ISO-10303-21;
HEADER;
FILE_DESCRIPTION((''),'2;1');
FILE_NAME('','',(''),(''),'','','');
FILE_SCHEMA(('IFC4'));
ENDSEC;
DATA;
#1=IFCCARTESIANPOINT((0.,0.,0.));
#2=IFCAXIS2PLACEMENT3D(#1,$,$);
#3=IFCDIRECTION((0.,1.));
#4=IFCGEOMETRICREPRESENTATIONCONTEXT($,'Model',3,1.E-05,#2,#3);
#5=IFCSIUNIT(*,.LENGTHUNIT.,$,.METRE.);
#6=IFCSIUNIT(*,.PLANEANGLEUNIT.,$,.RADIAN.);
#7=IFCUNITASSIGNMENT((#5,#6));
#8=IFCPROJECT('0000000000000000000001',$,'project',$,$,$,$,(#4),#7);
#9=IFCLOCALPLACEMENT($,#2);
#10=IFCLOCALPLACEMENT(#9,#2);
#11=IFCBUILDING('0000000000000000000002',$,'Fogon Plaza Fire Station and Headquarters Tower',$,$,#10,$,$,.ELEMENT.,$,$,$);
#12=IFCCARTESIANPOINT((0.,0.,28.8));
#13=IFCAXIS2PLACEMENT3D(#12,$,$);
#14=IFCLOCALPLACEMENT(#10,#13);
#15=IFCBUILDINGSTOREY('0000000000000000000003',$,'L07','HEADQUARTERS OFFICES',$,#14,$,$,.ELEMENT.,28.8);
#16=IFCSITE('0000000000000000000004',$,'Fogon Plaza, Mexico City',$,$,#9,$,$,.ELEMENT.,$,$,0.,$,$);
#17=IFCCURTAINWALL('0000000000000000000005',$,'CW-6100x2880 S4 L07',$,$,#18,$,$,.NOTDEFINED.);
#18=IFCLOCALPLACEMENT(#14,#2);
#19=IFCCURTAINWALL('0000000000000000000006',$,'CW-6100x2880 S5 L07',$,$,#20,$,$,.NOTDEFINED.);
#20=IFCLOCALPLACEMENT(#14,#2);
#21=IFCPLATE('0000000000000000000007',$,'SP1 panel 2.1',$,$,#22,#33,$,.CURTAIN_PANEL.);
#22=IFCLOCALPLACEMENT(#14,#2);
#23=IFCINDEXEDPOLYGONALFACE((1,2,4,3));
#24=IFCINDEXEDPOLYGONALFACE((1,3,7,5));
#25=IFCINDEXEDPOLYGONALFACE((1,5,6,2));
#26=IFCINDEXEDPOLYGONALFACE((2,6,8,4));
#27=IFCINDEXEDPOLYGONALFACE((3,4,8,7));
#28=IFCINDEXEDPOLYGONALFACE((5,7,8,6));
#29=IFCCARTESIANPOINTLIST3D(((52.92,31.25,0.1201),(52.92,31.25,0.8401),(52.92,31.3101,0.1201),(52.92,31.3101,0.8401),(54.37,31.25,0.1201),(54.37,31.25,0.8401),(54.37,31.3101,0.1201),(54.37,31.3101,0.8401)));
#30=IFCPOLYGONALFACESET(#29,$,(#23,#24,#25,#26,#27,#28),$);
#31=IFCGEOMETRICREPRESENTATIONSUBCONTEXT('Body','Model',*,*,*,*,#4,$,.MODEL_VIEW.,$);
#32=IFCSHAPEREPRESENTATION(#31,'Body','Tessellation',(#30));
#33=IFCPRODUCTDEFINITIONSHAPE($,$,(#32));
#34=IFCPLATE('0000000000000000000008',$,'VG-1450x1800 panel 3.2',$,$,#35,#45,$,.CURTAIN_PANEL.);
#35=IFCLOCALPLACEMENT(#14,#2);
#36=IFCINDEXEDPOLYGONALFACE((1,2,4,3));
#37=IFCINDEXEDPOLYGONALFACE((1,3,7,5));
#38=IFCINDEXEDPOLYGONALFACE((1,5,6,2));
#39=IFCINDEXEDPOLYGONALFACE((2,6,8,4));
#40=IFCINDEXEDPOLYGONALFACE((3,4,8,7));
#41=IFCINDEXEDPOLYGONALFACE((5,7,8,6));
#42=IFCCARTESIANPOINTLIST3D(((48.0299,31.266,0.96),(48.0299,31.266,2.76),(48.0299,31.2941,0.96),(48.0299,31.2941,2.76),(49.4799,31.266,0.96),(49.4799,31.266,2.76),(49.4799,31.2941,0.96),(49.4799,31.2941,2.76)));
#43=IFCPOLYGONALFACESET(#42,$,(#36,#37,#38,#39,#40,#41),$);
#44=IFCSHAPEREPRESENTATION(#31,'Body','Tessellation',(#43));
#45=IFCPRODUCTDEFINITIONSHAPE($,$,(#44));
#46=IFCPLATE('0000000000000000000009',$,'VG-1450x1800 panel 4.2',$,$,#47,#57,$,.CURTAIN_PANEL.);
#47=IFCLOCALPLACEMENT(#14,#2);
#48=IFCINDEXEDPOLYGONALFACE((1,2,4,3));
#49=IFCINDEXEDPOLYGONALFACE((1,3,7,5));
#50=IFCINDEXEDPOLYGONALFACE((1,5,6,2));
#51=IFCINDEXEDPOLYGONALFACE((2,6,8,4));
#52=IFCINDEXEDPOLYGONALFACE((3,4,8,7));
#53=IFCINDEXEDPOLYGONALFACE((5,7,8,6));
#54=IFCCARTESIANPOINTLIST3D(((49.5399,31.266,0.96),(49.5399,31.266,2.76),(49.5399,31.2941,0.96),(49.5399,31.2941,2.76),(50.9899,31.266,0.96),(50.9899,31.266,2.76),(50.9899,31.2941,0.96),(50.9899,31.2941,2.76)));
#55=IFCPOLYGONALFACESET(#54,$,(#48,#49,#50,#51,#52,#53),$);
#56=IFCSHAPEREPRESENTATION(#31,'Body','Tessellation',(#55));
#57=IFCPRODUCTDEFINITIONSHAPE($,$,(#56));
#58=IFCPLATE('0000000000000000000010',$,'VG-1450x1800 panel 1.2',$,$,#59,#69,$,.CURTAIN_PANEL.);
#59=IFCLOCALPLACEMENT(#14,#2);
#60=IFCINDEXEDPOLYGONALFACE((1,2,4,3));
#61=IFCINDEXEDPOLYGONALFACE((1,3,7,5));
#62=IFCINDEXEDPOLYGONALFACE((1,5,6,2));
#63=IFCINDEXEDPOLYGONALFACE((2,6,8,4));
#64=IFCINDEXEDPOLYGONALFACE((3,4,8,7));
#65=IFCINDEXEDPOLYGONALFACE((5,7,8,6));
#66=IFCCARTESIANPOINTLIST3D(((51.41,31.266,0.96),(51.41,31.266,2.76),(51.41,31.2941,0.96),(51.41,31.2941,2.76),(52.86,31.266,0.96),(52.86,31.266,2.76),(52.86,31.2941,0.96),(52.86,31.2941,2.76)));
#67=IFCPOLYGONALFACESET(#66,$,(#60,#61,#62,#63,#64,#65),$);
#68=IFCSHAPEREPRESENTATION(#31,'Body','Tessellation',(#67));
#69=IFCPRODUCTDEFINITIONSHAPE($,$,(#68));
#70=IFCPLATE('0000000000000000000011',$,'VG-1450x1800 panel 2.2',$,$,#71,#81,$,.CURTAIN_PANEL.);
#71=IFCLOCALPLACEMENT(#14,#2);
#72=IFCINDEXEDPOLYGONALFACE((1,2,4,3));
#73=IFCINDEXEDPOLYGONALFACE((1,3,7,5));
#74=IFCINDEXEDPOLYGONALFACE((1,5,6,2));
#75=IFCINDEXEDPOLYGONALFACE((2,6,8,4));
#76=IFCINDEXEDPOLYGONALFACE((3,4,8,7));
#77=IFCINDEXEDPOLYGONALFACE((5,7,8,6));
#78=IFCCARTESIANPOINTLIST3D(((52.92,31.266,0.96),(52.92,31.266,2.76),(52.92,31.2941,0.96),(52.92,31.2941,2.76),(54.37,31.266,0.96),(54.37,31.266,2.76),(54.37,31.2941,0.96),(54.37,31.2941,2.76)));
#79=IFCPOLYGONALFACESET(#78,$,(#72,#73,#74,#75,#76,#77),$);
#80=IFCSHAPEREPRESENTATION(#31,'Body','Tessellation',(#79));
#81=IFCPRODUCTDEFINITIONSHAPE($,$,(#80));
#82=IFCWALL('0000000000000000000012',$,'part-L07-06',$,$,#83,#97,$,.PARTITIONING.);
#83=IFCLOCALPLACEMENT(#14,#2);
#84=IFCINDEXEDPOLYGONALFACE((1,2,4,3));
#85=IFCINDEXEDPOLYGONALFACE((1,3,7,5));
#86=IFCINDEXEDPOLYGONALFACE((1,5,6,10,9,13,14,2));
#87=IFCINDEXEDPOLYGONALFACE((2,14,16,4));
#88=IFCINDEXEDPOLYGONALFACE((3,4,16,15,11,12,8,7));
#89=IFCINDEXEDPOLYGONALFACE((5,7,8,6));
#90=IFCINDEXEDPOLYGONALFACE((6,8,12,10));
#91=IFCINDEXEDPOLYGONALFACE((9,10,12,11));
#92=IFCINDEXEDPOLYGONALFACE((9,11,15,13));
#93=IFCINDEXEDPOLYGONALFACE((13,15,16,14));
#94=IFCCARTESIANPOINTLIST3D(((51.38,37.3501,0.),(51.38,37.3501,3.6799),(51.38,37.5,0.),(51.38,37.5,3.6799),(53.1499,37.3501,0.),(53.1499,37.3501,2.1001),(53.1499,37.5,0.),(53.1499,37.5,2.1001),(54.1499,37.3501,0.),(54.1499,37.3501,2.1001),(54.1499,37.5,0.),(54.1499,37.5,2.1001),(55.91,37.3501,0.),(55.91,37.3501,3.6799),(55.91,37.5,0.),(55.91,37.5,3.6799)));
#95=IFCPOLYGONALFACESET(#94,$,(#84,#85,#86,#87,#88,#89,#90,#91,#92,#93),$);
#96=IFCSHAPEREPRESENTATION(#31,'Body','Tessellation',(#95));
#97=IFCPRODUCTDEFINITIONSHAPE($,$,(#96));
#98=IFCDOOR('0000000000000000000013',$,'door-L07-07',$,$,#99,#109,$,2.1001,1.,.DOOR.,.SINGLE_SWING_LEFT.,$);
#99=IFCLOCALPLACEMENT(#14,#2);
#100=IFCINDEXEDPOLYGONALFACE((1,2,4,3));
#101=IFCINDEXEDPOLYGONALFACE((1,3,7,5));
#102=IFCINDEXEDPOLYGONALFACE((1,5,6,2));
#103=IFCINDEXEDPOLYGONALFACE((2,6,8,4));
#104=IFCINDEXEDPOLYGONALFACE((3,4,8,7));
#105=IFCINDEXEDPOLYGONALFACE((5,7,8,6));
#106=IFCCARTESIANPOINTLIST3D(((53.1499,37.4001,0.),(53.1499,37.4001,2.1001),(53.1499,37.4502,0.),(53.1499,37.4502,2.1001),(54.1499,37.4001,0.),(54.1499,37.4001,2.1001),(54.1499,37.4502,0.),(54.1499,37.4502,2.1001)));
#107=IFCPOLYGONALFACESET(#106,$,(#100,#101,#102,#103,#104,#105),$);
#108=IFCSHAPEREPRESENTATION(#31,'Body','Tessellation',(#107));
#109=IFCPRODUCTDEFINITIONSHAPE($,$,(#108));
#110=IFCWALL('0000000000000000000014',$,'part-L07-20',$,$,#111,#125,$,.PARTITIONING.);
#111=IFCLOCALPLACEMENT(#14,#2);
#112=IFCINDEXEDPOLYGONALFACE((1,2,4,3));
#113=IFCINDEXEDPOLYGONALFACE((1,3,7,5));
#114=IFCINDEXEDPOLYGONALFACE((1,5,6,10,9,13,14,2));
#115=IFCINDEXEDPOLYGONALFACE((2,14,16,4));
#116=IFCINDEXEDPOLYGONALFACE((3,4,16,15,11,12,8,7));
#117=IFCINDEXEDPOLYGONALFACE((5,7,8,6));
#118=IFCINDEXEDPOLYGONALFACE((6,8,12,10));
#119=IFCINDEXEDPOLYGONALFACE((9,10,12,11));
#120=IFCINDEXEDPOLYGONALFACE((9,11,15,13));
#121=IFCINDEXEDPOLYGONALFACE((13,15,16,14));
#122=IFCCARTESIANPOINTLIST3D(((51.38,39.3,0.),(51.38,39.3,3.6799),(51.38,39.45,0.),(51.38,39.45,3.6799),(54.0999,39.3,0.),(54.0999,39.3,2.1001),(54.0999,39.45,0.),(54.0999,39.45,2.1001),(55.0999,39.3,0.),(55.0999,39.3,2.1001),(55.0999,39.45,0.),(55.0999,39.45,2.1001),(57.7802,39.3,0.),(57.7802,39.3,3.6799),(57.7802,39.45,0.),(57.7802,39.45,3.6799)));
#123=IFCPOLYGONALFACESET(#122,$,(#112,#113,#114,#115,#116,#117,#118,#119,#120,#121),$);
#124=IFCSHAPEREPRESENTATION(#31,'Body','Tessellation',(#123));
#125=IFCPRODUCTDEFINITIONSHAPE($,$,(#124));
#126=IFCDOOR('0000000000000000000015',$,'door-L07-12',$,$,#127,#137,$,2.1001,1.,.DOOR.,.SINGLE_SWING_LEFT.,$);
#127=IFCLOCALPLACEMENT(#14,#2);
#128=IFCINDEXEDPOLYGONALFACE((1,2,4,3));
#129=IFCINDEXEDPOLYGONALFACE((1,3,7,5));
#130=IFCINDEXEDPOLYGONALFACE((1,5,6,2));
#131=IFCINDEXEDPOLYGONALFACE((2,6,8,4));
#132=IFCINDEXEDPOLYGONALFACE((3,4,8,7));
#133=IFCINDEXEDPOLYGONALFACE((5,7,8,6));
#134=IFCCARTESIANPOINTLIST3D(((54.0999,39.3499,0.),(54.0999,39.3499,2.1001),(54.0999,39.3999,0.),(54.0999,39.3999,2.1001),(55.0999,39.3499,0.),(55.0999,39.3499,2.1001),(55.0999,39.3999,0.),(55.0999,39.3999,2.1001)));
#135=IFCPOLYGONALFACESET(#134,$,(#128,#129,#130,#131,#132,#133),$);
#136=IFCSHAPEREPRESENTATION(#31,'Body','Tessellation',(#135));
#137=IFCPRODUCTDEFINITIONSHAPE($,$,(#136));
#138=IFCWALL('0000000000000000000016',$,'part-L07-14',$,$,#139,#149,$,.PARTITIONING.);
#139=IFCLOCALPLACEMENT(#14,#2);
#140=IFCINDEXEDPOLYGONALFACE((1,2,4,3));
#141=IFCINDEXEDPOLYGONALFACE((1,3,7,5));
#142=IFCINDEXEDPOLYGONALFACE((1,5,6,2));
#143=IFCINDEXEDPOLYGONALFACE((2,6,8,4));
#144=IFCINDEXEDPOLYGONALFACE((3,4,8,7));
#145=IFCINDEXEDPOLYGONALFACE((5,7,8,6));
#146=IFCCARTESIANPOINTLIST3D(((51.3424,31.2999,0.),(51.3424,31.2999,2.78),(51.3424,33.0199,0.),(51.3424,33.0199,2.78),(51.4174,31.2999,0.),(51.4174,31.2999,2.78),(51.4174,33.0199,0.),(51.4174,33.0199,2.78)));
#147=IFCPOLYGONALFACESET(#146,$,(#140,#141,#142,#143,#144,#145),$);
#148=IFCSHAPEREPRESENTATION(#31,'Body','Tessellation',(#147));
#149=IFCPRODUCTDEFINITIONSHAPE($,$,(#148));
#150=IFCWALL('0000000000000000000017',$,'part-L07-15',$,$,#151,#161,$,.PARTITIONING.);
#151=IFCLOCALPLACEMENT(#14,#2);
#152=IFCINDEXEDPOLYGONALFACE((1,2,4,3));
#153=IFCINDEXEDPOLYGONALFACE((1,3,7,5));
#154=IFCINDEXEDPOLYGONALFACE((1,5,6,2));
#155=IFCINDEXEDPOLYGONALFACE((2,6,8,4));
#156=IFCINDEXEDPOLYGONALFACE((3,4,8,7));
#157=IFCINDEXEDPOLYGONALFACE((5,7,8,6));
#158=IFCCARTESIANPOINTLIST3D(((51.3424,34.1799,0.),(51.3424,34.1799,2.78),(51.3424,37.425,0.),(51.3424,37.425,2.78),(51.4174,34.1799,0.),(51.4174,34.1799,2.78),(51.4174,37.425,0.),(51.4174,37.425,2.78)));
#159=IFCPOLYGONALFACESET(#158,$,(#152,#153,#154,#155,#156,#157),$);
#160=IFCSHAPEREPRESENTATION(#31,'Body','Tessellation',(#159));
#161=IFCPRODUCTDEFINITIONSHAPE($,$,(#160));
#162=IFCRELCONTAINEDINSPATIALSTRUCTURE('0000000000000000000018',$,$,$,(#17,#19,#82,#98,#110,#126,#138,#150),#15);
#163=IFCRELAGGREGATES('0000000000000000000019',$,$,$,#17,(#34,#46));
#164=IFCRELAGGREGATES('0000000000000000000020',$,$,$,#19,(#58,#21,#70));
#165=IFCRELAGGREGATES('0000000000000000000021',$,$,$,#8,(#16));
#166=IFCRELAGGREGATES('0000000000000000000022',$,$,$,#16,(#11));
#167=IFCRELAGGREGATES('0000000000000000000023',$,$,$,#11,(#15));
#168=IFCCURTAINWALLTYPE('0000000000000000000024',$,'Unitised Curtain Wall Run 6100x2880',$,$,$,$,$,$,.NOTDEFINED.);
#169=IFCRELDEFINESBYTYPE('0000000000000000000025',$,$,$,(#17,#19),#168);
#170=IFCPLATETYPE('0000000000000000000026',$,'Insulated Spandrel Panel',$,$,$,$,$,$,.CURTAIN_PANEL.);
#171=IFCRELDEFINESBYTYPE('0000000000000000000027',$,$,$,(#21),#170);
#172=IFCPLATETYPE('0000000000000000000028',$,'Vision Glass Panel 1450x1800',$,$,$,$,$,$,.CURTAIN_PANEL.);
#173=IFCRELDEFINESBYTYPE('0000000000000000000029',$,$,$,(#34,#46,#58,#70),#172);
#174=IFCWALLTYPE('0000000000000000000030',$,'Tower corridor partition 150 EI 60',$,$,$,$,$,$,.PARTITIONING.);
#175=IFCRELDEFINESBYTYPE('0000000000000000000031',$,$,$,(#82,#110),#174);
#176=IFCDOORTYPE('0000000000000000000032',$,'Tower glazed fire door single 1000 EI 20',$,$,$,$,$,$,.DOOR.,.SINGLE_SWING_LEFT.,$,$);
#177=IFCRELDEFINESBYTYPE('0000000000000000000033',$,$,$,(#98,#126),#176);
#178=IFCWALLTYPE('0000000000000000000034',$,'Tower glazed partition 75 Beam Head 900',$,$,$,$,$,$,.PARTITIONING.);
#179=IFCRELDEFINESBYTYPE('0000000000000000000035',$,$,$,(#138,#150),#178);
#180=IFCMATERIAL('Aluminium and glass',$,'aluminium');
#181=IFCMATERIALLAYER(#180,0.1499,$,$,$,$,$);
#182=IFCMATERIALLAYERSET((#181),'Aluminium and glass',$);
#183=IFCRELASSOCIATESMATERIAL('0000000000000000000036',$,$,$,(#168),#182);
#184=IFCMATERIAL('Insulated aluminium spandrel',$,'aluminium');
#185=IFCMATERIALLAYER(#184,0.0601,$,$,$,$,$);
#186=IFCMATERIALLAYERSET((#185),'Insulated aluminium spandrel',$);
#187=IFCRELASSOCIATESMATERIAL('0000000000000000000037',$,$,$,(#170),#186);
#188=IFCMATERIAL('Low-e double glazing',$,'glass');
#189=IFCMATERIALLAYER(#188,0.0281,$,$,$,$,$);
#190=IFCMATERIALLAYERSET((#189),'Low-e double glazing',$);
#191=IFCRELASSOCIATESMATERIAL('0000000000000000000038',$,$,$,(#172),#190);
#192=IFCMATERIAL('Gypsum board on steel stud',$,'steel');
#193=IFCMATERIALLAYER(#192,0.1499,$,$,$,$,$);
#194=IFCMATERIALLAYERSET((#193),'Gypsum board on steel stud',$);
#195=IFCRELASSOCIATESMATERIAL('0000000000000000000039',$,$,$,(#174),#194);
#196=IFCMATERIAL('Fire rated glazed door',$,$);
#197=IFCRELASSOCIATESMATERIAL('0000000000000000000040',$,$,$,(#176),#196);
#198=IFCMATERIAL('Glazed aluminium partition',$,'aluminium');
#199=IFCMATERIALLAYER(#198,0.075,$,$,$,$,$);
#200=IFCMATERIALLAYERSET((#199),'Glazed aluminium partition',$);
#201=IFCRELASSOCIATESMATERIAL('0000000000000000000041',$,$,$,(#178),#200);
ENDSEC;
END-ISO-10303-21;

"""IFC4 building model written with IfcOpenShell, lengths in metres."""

from ifc_helpers import new_model, si_unit, direction, frame, frame_2d, origin, origin_2d, place, context, subcontext, project, spatial, rectangle, extrude, material, layer, layer_set, type_object, element, fill, aggregate, save


model = new_model("IFC4")

# Units and contexts
model_context = context("Model", 3, precision=1e-05, world=origin(), true_north=direction((0.0, 1.0)))
body_context = subcontext(model_context, "Body", "Model", "MODEL_VIEW")
ifc_project = project(units=[si_unit("LENGTHUNIT", "METRE"), si_unit("PLANEANGLEUNIT", "RADIAN")], contexts=[model_context])

# Site, building, storey
site_placement = place(None, origin())
site = spatial("IfcSite", under=ifc_project, at=site_placement, Name="Fogon Plaza, Mexico City", CompositionType="ELEMENT", RefElevation=0.0)
building_placement = place(site_placement, origin())
building = spatial("IfcBuilding", under=site, at=building_placement, Name="Fogon Plaza Fire Station and Headquarters Tower", CompositionType="ELEMENT")
storey_placement = place(building_placement, frame((0.0, 0.0, 28.8)))
storey = spatial("IfcBuildingStorey", under=building, at=storey_placement, Name="L07", Description="HEADQUARTERS OFFICES", CompositionType="ELEMENT", Elevation=28.8)

# Curtain walls
ifc_material_1 = material(Name="Aluminium and glass", Category="aluminium")
ifc_layer_1 = layer(ifc_material_1, 0.1499)
ifc_layer_set_1 = layer_set([ifc_layer_1], Name="Aluminium and glass")
curtain_wall_type = type_object("IfcCurtainWallType", Name="Unitised Curtain Wall Run 6100x2880", PredefinedType="NOTDEFINED", material=ifc_layer_set_1)
curtain_wall_1_placement = place(storey_placement, origin())
curtain_wall_1 = element("IfcCurtainWall", 1, at=curtain_wall_1_placement, inside=storey, type_object=curtain_wall_type, Name="CW-6100x2880 S4 L07", PredefinedType="NOTDEFINED")
curtain_wall_2_placement = place(storey_placement, origin())
curtain_wall_2 = element("IfcCurtainWall", 2, at=curtain_wall_2_placement, inside=storey, type_object=curtain_wall_type, Name="CW-6100x2880 S5 L07", PredefinedType="NOTDEFINED")

# Plates
ifc_material_2 = material(Name="Insulated aluminium spandrel", Category="aluminium")
ifc_layer_2 = layer(ifc_material_2, 0.0601)
ifc_layer_set_2 = layer_set([ifc_layer_2], Name="Insulated aluminium spandrel")
plate_type_1 = type_object("IfcPlateType", Name="Insulated Spandrel Panel", PredefinedType="CURTAIN_PANEL", material=ifc_layer_set_2)
plate_1_placement = place(storey_placement, frame((53.645, 31.28, 0.1201), z_axis=(0.0, 0.0, 1.0), x_axis=(1.0, 0.0, 0.0)))
plate_1 = element("IfcPlate", 3, at=plate_1_placement, type_object=plate_type_1, Name="SP1 panel 2.1", PredefinedType="CURTAIN_PANEL", context=body_context, shape_type="SweptSolid", body=[
    extrude(rectangle(XDim=1.45, YDim=0.0601, at=origin_2d()), origin(), (0.0, 0.0, 1.0), 0.72),
])
ifc_material_3 = material(Name="Low-e double glazing", Category="glass")
ifc_layer_3 = layer(ifc_material_3, 0.0281)
ifc_layer_set_3 = layer_set([ifc_layer_3], Name="Low-e double glazing")
plate_type_2 = type_object("IfcPlateType", Name="Vision Glass Panel 1450x1800", PredefinedType="CURTAIN_PANEL", material=ifc_layer_set_3)
plate_2_placement = place(storey_placement, frame((48.7549, 31.28, 0.96), z_axis=(0.0, 0.0, 1.0), x_axis=(1.0, 0.0, 0.0)))
plate_2 = element("IfcPlate", 4, at=plate_2_placement, type_object=plate_type_2, Name="VG-1450x1800 panel 3.2", PredefinedType="CURTAIN_PANEL", context=body_context, shape_type="SweptSolid", body=[
    extrude(rectangle(XDim=1.45, YDim=0.0281, at=origin_2d()), origin(), (0.0, 0.0, 1.0), 1.8),
])
plate_3_placement = place(storey_placement, frame((50.2649, 31.28, 0.96), z_axis=(0.0, 0.0, 1.0), x_axis=(1.0, 0.0, 0.0)))
plate_3 = element("IfcPlate", 5, at=plate_3_placement, type_object=plate_type_2, Name="VG-1450x1800 panel 4.2", PredefinedType="CURTAIN_PANEL", context=body_context, shape_type="SweptSolid", body=[
    extrude(rectangle(XDim=1.45, YDim=0.0281, at=origin_2d()), origin(), (0.0, 0.0, 1.0), 1.8),
])
aggregate(curtain_wall_1, [plate_2, plate_3])
plate_4_placement = place(storey_placement, frame((52.135, 31.28, 0.96), z_axis=(0.0, 0.0, 1.0), x_axis=(1.0, 0.0, 0.0)))
plate_4 = element("IfcPlate", 6, at=plate_4_placement, type_object=plate_type_2, Name="VG-1450x1800 panel 1.2", PredefinedType="CURTAIN_PANEL", context=body_context, shape_type="SweptSolid", body=[
    extrude(rectangle(XDim=1.45, YDim=0.0281, at=origin_2d()), origin(), (0.0, 0.0, 1.0), 1.8),
])
plate_5_placement = place(storey_placement, frame((53.645, 31.28, 0.96), z_axis=(0.0, 0.0, 1.0), x_axis=(1.0, 0.0, 0.0)))
plate_5 = element("IfcPlate", 7, at=plate_5_placement, type_object=plate_type_2, Name="VG-1450x1800 panel 2.2", PredefinedType="CURTAIN_PANEL", context=body_context, shape_type="SweptSolid", body=[
    extrude(rectangle(XDim=1.45, YDim=0.0281, at=origin_2d()), origin(), (0.0, 0.0, 1.0), 1.8),
])
aggregate(curtain_wall_2, [plate_4, plate_1, plate_5])

# Walls, openings, doors
ifc_material_4 = material(Name="Gypsum board on steel stud", Category="steel")
ifc_layer_4 = layer(ifc_material_4, 0.1499)
ifc_layer_set_4 = layer_set([ifc_layer_4], Name="Gypsum board on steel stud")
wall_type_1 = type_object("IfcWallType", Name="Tower corridor partition 150 EI 60", PredefinedType="PARTITIONING", material=ifc_layer_set_4)
wall_1_placement = place(storey_placement, frame((51.3799, 37.425, 0.0), z_axis=(0.0, 0.0, 1.0), x_axis=(1.0, 0.0, 0.0)))
wall_1 = element("IfcWall", 8, at=wall_1_placement, inside=storey, type_object=wall_type_1, Name="part-L07-06", PredefinedType="PARTITIONING", context=body_context, shape_type="SweptSolid", body=[
    extrude(rectangle(XDim=4.53, YDim=0.1499, at=frame_2d((2.2651, 0.0))), origin(), (0.0, 0.0, 1.0), 3.6799),
])
opening_1_placement = place(wall_1_placement, frame((1.77, 0.0, 0.0)))
opening_1 = element("IfcOpeningElement", 9, at=opening_1_placement, cuts=wall_1, PredefinedType="OPENING", context=body_context, shape_type="SweptSolid", body=[
    extrude(rectangle(XDim=1.0, YDim=2.1001, at=frame_2d((0.5, 1.05))), frame((0.0, 0.085, 0.0), z_axis=(0.0, -1.0, 0.0), x_axis=(1.0, 0.0, 0.0)), (0.0, 0.0, 1.0), 0.1699),
])
ifc_material_5 = material(Name="Fire rated glazed door")
door_type = type_object("IfcDoorType", Name="Tower glazed fire door single 1000 EI 20", OperationType="SINGLE_SWING_LEFT", PredefinedType="DOOR", material=ifc_material_5)
door_1_placement = place(opening_1_placement, frame((1.0, 0.0, 0.0), z_axis=(0.0, 0.0, 1.0), x_axis=(-1.0, 0.0, 0.0)))
door_1 = element("IfcDoor", 10, at=door_1_placement, inside=storey, type_object=door_type, Name="door-L07-07", OperationType="SINGLE_SWING_LEFT", OverallHeight=2.1001, OverallWidth=1.0, PredefinedType="DOOR", context=body_context, shape_type="SweptSolid", body=[
    extrude(rectangle(XDim=1.0, YDim=2.1001, at=frame_2d((0.5, 1.05))), frame((0.0, 0.0249, 0.0), z_axis=(0.0, -1.0, 0.0), x_axis=(1.0, 0.0, 0.0)), (0.0, 0.0, 1.0), 0.05),
])
fill(opening_1, door_1)
wall_2_placement = place(storey_placement, frame((51.3799, 39.375, 0.0), z_axis=(0.0, 0.0, 1.0), x_axis=(1.0, 0.0, 0.0)))
wall_2 = element("IfcWall", 11, at=wall_2_placement, inside=storey, type_object=wall_type_1, Name="part-L07-20", PredefinedType="PARTITIONING", context=body_context, shape_type="SweptSolid", body=[
    extrude(rectangle(XDim=6.4001, YDim=0.1499, at=frame_2d((3.2002, 0.0))), origin(), (0.0, 0.0, 1.0), 3.6799),
])
opening_2_placement = place(wall_2_placement, frame((2.72, 0.0, 0.0)))
opening_2 = element("IfcOpeningElement", 12, at=opening_2_placement, cuts=wall_2, PredefinedType="OPENING", context=body_context, shape_type="SweptSolid", body=[
    extrude(rectangle(XDim=1.0, YDim=2.1001, at=frame_2d((0.5, 1.05))), frame((0.0, 0.085, 0.0), z_axis=(0.0, -1.0, 0.0), x_axis=(1.0, 0.0, 0.0)), (0.0, 0.0, 1.0), 0.1699),
])
door_2_placement = place(opening_2_placement, origin())
door_2 = element("IfcDoor", 13, at=door_2_placement, inside=storey, type_object=door_type, Name="door-L07-12", OperationType="SINGLE_SWING_LEFT", OverallHeight=2.1001, OverallWidth=1.0, PredefinedType="DOOR", context=body_context, shape_type="SweptSolid", body=[
    extrude(rectangle(XDim=1.0, YDim=2.1001, at=frame_2d((0.5, 1.05))), frame((0.0, 0.0249, 0.0), z_axis=(0.0, -1.0, 0.0), x_axis=(1.0, 0.0, 0.0)), (0.0, 0.0, 1.0), 0.05),
])
fill(opening_2, door_2)

# Walls
ifc_material_6 = material(Name="Glazed aluminium partition", Category="aluminium")
ifc_layer_5 = layer(ifc_material_6, 0.075)
ifc_layer_set_5 = layer_set([ifc_layer_5], Name="Glazed aluminium partition")
wall_type_2 = type_object("IfcWallType", Name="Tower glazed partition 75 Beam Head 900", PredefinedType="PARTITIONING", material=ifc_layer_set_5)
wall_3_placement = place(storey_placement, frame((51.3799, 31.3, 0.0), z_axis=(0.0, 0.0, 1.0), x_axis=(0.0, 1.0, 0.0)))
element("IfcWall", 14, at=wall_3_placement, inside=storey, type_object=wall_type_2, Name="part-L07-14", PredefinedType="PARTITIONING", context=body_context, shape_type="SweptSolid", body=[
    extrude(rectangle(XDim=1.72, YDim=0.075, at=frame_2d((0.8599, 0.0))), origin(), (0.0, 0.0, 1.0), 2.78),
])
wall_4_placement = place(storey_placement, frame((51.3799, 34.1799, 0.0), z_axis=(0.0, 0.0, 1.0), x_axis=(0.0, 1.0, 0.0)))
element("IfcWall", 15, at=wall_4_placement, inside=storey, type_object=wall_type_2, Name="part-L07-15", PredefinedType="PARTITIONING", context=body_context, shape_type="SweptSolid", body=[
    extrude(rectangle(XDim=3.2451, YDim=0.075, at=frame_2d((1.6226, 0.0))), origin(), (0.0, 0.0, 1.0), 2.78),
])

save(model, "model.ifc")
